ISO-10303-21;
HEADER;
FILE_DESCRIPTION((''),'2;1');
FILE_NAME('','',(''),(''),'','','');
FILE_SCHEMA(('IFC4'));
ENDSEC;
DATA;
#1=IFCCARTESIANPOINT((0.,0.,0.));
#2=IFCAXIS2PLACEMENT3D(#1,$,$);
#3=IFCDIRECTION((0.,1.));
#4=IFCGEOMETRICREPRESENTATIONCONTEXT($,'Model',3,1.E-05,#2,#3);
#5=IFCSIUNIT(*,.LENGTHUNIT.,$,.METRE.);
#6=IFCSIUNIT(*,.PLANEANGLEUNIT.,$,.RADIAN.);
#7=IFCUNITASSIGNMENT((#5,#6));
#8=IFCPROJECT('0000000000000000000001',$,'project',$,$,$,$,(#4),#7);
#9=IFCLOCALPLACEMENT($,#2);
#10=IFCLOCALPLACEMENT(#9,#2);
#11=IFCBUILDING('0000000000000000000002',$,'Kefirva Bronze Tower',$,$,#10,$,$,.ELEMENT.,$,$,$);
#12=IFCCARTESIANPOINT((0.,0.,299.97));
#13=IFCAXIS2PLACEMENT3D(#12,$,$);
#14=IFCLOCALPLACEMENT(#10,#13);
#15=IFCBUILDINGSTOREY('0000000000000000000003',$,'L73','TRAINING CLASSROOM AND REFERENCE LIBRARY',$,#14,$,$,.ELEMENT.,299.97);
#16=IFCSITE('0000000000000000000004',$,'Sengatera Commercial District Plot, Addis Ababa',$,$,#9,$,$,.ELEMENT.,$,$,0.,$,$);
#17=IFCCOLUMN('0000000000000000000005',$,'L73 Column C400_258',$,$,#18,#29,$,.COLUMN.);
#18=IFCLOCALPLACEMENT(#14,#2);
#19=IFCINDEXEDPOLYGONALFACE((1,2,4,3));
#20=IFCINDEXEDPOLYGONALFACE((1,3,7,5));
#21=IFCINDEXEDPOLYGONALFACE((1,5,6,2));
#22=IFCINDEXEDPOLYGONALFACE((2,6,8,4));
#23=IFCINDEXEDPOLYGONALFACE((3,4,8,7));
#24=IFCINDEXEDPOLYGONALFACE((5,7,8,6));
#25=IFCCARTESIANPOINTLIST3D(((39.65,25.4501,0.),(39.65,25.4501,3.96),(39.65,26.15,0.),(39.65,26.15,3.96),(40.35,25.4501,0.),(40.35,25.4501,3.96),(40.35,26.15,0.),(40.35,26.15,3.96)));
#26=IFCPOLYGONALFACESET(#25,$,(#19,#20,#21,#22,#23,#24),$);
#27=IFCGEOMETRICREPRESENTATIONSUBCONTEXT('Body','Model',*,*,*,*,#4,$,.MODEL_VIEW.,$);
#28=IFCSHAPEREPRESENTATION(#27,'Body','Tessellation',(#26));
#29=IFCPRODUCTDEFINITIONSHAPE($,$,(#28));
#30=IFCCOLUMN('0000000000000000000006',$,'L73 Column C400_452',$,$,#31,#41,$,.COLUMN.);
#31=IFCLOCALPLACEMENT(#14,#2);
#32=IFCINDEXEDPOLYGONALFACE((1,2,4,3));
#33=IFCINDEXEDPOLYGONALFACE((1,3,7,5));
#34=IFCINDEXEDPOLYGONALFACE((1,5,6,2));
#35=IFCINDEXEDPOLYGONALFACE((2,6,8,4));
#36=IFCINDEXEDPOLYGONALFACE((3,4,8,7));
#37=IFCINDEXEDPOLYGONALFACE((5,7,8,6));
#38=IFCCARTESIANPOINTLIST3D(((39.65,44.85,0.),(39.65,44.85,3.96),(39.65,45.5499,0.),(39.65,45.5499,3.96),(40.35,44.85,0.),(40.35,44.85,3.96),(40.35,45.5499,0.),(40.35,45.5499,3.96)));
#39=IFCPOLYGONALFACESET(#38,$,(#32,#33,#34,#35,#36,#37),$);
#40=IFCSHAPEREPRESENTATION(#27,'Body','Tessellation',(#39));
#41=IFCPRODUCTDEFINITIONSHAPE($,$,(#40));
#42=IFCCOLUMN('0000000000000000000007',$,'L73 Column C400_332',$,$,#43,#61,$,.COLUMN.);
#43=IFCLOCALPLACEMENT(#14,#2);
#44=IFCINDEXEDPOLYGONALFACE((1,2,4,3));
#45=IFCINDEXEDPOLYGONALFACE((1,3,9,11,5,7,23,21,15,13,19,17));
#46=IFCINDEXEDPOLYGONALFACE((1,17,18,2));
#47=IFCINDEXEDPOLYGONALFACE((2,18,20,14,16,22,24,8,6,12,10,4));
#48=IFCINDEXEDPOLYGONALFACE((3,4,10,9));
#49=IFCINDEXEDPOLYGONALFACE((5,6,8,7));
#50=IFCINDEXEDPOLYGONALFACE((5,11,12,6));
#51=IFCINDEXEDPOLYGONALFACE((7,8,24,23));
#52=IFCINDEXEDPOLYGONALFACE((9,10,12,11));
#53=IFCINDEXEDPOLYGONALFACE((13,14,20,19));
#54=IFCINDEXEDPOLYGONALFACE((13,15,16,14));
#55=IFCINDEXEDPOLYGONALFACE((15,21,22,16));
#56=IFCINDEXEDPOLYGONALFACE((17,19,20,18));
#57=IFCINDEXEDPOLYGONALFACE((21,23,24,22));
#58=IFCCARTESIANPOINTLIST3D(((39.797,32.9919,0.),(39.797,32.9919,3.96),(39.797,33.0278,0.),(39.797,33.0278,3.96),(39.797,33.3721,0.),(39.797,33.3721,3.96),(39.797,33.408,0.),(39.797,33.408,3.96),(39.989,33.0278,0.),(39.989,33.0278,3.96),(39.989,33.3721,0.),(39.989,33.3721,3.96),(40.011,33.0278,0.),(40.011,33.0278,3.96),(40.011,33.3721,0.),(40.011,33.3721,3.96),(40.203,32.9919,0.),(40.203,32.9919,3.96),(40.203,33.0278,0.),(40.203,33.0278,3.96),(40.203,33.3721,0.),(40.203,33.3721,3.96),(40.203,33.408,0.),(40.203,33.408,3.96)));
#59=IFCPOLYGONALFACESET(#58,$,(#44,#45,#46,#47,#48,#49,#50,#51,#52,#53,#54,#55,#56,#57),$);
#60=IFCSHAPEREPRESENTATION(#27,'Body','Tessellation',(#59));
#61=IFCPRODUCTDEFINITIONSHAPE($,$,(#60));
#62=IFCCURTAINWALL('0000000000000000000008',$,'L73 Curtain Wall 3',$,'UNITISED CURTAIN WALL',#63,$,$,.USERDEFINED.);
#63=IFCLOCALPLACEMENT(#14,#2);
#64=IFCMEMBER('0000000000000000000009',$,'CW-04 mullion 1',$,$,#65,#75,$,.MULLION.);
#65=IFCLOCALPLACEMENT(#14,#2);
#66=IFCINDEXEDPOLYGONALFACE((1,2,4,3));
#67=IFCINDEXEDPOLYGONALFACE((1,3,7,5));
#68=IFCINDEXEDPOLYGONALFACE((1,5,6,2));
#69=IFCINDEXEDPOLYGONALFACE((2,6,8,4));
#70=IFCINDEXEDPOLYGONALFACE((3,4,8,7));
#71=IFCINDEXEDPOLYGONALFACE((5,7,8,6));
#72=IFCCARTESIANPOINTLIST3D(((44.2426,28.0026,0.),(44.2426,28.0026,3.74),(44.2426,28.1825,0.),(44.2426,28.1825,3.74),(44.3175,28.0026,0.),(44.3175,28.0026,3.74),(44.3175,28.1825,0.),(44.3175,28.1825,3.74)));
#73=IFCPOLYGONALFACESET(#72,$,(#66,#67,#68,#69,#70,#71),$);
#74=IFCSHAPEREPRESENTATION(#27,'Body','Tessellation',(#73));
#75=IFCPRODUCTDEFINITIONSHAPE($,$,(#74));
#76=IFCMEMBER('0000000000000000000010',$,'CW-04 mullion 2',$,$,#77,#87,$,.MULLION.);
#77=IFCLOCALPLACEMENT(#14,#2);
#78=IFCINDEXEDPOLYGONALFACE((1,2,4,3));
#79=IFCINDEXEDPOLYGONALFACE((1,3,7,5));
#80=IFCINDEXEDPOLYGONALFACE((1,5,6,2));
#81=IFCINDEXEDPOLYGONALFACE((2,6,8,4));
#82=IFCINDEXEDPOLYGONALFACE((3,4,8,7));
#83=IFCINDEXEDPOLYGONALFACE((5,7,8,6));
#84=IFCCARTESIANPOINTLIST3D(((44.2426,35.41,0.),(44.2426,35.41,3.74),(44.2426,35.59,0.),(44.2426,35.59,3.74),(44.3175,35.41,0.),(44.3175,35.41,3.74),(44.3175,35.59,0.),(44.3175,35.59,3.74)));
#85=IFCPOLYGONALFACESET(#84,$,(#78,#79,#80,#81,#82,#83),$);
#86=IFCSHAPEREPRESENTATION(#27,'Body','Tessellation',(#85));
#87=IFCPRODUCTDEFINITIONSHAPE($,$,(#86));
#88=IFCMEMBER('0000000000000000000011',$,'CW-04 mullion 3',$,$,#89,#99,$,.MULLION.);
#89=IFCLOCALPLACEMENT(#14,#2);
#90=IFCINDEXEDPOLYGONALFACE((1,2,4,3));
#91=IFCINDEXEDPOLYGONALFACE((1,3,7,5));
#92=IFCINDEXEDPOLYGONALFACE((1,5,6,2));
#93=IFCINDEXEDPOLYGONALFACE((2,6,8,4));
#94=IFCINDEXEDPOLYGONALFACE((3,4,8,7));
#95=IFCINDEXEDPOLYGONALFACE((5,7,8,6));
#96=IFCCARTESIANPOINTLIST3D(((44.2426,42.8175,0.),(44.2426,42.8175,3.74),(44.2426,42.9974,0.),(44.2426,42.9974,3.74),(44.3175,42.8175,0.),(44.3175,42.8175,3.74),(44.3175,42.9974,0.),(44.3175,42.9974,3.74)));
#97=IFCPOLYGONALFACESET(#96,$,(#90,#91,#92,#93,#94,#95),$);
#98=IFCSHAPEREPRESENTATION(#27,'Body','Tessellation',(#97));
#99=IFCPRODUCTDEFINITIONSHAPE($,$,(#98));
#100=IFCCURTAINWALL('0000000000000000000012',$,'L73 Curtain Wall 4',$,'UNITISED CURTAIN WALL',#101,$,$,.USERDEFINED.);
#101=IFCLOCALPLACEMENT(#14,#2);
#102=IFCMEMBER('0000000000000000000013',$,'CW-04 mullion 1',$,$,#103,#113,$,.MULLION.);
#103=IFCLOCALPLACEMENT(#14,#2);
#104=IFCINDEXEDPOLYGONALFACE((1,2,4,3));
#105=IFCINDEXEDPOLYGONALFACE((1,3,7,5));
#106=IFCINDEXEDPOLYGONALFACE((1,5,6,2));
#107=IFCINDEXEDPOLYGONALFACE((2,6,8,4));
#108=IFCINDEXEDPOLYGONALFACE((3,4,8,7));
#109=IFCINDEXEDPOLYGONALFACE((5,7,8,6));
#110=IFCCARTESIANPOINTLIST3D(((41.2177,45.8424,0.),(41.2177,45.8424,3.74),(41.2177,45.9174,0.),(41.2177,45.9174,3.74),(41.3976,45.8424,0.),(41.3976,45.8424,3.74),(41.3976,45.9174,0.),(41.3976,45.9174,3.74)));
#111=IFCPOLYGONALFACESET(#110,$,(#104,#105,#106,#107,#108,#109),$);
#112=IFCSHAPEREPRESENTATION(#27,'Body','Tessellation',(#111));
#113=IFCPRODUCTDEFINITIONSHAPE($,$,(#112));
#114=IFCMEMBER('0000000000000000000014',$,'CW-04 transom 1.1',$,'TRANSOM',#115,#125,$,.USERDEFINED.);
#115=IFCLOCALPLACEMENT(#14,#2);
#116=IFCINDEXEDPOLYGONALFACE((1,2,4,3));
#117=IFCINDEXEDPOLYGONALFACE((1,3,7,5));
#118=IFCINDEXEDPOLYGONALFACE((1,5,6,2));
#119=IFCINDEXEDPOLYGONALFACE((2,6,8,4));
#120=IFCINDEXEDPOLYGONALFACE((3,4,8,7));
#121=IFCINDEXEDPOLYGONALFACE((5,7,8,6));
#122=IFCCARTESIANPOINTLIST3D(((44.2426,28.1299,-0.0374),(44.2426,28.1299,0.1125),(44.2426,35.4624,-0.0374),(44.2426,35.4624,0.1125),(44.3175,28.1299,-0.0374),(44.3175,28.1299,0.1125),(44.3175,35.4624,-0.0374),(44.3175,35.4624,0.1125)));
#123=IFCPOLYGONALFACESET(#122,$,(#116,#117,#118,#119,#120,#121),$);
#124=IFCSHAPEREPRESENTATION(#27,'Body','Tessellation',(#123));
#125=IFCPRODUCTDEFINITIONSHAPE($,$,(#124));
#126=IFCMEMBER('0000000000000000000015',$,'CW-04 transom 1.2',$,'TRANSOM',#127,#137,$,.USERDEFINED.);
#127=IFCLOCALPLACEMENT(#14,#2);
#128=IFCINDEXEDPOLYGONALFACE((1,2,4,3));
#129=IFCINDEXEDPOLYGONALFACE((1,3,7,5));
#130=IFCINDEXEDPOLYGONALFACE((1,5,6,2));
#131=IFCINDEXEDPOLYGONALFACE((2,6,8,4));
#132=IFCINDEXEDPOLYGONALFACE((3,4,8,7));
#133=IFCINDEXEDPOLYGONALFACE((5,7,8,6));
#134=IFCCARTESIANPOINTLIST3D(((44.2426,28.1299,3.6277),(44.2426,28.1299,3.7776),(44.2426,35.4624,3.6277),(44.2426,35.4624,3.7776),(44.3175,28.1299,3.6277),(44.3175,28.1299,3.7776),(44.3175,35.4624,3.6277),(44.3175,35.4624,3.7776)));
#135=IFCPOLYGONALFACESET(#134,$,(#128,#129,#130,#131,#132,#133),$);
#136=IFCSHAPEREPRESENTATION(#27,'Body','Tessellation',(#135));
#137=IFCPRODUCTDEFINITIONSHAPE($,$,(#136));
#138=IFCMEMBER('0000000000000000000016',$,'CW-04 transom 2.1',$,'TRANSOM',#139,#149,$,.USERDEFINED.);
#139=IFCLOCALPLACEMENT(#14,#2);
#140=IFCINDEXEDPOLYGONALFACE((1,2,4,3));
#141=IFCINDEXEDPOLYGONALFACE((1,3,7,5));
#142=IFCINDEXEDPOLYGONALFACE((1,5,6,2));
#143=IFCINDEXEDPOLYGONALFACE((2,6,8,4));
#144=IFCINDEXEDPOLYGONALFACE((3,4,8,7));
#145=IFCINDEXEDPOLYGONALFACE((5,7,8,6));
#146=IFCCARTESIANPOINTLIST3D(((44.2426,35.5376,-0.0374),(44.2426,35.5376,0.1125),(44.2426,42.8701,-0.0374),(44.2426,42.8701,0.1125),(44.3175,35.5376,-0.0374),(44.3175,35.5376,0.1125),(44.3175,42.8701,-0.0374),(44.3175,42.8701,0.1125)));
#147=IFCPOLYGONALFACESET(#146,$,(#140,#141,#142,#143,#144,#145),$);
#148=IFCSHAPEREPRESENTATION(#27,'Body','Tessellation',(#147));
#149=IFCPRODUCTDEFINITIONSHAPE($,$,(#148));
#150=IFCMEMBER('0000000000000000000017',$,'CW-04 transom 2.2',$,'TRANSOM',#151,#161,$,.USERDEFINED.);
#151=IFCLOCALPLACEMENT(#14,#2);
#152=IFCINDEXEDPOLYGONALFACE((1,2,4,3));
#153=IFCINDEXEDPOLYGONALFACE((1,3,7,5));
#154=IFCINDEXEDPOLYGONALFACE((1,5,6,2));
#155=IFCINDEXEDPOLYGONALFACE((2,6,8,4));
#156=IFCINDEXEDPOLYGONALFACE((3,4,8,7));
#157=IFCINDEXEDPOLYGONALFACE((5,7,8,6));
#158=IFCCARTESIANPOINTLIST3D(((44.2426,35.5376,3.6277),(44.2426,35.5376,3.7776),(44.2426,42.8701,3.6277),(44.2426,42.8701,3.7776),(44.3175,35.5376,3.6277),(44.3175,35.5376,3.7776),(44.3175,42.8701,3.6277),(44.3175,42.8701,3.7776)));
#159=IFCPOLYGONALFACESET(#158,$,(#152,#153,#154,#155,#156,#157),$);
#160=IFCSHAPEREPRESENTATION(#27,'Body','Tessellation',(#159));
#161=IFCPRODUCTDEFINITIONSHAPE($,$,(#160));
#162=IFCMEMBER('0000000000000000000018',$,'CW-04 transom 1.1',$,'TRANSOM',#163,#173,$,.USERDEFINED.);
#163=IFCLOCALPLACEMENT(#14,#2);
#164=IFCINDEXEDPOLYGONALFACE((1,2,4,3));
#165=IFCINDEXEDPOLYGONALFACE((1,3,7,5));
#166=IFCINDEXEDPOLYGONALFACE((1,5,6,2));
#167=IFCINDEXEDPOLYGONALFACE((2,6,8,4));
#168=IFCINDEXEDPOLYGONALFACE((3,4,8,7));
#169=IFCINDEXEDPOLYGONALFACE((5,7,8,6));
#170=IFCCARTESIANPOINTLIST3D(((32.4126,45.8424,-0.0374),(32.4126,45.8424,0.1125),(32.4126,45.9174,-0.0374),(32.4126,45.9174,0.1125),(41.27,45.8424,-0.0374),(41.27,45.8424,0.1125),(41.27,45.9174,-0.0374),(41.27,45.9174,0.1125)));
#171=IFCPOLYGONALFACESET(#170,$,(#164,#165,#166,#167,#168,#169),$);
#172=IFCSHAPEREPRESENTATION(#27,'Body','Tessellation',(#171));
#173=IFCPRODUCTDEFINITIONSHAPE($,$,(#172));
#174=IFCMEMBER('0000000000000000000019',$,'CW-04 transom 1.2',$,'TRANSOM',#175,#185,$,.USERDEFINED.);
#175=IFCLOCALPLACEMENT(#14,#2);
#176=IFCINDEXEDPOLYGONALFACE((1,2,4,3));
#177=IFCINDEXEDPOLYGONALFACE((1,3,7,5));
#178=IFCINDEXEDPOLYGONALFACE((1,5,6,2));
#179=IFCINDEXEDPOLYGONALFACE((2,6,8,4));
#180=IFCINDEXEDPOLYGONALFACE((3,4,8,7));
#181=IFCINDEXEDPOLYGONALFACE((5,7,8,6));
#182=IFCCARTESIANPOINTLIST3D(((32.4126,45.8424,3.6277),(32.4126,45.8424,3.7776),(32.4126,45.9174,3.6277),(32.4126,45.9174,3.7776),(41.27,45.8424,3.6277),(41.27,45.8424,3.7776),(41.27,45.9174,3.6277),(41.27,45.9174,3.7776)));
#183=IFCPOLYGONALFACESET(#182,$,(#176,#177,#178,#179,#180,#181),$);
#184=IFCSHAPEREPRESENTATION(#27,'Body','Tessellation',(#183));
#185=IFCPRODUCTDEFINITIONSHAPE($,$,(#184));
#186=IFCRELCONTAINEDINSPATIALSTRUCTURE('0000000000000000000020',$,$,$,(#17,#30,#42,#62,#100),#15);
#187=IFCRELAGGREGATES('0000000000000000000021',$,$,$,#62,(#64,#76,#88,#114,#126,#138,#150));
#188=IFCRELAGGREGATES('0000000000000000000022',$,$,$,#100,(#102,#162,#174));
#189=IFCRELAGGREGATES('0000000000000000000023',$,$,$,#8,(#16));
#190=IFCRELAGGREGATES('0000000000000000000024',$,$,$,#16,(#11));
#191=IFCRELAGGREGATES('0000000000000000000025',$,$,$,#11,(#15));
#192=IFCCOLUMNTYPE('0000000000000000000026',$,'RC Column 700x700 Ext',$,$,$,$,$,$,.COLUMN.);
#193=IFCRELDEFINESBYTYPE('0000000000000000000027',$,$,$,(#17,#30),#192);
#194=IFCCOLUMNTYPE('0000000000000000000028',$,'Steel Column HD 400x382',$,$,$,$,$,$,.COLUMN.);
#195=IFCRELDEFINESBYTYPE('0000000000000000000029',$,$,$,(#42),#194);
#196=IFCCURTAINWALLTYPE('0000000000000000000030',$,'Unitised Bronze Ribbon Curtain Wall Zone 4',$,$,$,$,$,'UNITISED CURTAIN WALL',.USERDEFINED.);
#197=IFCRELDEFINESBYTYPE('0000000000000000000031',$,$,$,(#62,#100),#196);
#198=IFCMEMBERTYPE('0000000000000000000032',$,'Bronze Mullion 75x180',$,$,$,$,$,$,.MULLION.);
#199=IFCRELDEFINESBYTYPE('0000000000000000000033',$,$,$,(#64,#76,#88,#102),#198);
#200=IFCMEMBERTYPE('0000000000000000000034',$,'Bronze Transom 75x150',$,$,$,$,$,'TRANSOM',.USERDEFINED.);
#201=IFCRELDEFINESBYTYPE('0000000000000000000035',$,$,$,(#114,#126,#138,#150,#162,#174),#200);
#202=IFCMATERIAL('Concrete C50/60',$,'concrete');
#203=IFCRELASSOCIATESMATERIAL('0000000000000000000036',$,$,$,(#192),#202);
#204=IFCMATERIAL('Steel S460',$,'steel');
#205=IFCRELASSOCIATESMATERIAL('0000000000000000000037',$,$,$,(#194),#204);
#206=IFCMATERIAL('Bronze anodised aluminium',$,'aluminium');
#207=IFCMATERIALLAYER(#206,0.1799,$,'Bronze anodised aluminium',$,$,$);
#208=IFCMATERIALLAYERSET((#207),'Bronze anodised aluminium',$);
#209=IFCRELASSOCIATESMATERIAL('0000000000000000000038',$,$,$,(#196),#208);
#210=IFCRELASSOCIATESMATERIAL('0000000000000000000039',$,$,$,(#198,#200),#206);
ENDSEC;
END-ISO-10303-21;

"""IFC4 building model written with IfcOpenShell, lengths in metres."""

from ifc_helpers import new_model, si_unit, direction, frame, origin, origin_2d, place, context, subcontext, project, spatial, rectangle, i_section, extrude, material, layer, layer_set, material_profile, profile_set, type_object, element, aggregate, save


model = new_model("IFC4")

# Units and contexts
model_context = context("Model", 3, precision=1e-05, world=origin(), true_north=direction((0.0, 1.0)))
body_context = subcontext(model_context, "Body", "Model", "MODEL_VIEW")
ifc_project = project(units=[si_unit("LENGTHUNIT", "METRE"), si_unit("PLANEANGLEUNIT", "RADIAN")], contexts=[model_context])

# Site, building, storey
site_placement = place(None, origin())
site = spatial("IfcSite", under=ifc_project, at=site_placement, Name="Sengatera Commercial District Plot, Addis Ababa", CompositionType="ELEMENT", RefElevation=0.0)
building_placement = place(site_placement, origin())
building = spatial("IfcBuilding", under=site, at=building_placement, Name="Kefirva Bronze Tower", CompositionType="ELEMENT")
storey_placement = place(building_placement, frame((0.0, 0.0, 299.97)))
storey = spatial("IfcBuildingStorey", under=building, at=storey_placement, Name="L73", Description="TRAINING CLASSROOM AND REFERENCE LIBRARY", CompositionType="ELEMENT", Elevation=299.97)

# Columns
ifc_material_1 = material(Name="Concrete C50/60", Category="concrete")
ifc_material_profile_1 = material_profile(ifc_material_1, rectangle(XDim=0.7, YDim=0.7, at=origin_2d()), Name="RC 700x700")
ifc_profile_set_1 = profile_set([ifc_material_profile_1], Name="Concrete C50/60")
column_type_1 = type_object("IfcColumnType", Name="RC Column 700x700 Ext", PredefinedType="COLUMN", material=ifc_profile_set_1)
for number, where, z_axis, x_axis, name in (
    (1, (40.0, 25.8, 0.0), (0.0, 0.0, 1.0), (1.0, 0.0, 0.0), "L73 Column C400_258"),
    (2, (40.0, 45.2, 0.0), (0.0, 0.0, 1.0), (1.0, 0.0, 0.0), "L73 Column C400_452"),
):
    element("IfcColumn", number, at=place(storey_placement, frame(where, z_axis=z_axis, x_axis=x_axis)), inside=storey, type_object=column_type_1, Name=name, PredefinedType="COLUMN", context=body_context, shape_type="SweptSolid", body=[
        extrude(rectangle(XDim=0.7, YDim=0.7, at=origin_2d()), origin(), (0.0, 0.0, 1.0), 3.96),
    ])
ifc_material_2 = material(Name="Steel S460", Category="steel")
ifc_material_profile_2 = material_profile(ifc_material_2, i_section(OverallWidth=0.406, OverallDepth=0.416, WebThickness=0.022, FlangeThickness=0.0359, at=origin_2d()), Name="HD 400x382")
ifc_profile_set_2 = profile_set([ifc_material_profile_2], Name="Steel S460")
column_type_2 = type_object("IfcColumnType", Name="Steel Column HD 400x382", PredefinedType="COLUMN", material=ifc_profile_set_2)
column_placement = place(storey_placement, frame((40.0, 33.2, 0.0), z_axis=(0.0, 0.0, 1.0), x_axis=(1.0, 0.0, 0.0)))
element("IfcColumn", 3, at=column_placement, inside=storey, type_object=column_type_2, Name="L73 Column C400_332", PredefinedType="COLUMN", context=body_context, shape_type="SweptSolid", body=[
    extrude(i_section(OverallWidth=0.406, OverallDepth=0.416, WebThickness=0.022, FlangeThickness=0.0359, at=origin_2d()), origin(), (0.0, 0.0, 1.0), 3.96),
])

# Curtain wall, members
ifc_material_3 = material(Name="Bronze anodised aluminium", Category="aluminium")
ifc_layer_1 = layer(ifc_material_3, 0.1799, Name="Bronze anodised aluminium")
ifc_layer_set_1 = layer_set([ifc_layer_1], Name="Bronze anodised aluminium")
curtain_wall_type = type_object("IfcCurtainWallType", Name="Unitised Bronze Ribbon Curtain Wall Zone 4", ElementType="UNITISED CURTAIN WALL", PredefinedType="USERDEFINED", material=ifc_layer_set_1)
curtain_wall_1_placement = place(storey_placement, origin())
curtain_wall_1 = element("IfcCurtainWall", 4, at=curtain_wall_1_placement, inside=storey, type_object=curtain_wall_type, Name="L73 Curtain Wall 3", ObjectType="UNITISED CURTAIN WALL", PredefinedType="USERDEFINED")
ifc_material_profile_3 = material_profile(ifc_material_3, rectangle(XDim=0.075, YDim=0.1799, at=origin_2d()), Name="ALU 75x180")
ifc_profile_set_3 = profile_set([ifc_material_profile_3], Name="Bronze anodised aluminium")
member_type_1 = type_object("IfcMemberType", Name="Bronze Mullion 75x180", PredefinedType="MULLION", material=ifc_profile_set_3)
member_1_placement = place(storey_placement, frame((44.28, 28.0925, 0.0), z_axis=(0.0, 0.0, 1.0), x_axis=(-1.0, 0.0, 0.0)))
member_1 = element("IfcMember", 5, at=member_1_placement, type_object=member_type_1, Name="CW-04 mullion 1", PredefinedType="MULLION", context=body_context, shape_type="SweptSolid", body=[
    extrude(rectangle(XDim=0.075, YDim=0.1799, at=origin_2d()), origin(), (0.0, 0.0, 1.0), 3.74),
])
member_2_placement = place(storey_placement, frame((44.28, 35.5, 0.0), z_axis=(0.0, 0.0, 1.0), x_axis=(-1.0, 0.0, 0.0)))
member_2 = element("IfcMember", 6, at=member_2_placement, type_object=member_type_1, Name="CW-04 mullion 2", PredefinedType="MULLION", context=body_context, shape_type="SweptSolid", body=[
    extrude(rectangle(XDim=0.075, YDim=0.1799, at=origin_2d()), origin(), (0.0, 0.0, 1.0), 3.74),
])
member_3_placement = place(storey_placement, frame((44.28, 42.9075, 0.0), z_axis=(0.0, 0.0, 1.0), x_axis=(-1.0, 0.0, 0.0)))
member_3 = element("IfcMember", 7, at=member_3_placement, type_object=member_type_1, Name="CW-04 mullion 3", PredefinedType="MULLION", context=body_context, shape_type="SweptSolid", body=[
    extrude(rectangle(XDim=0.075, YDim=0.1799, at=origin_2d()), origin(), (0.0, 0.0, 1.0), 3.74),
])

# Curtain wall, member
curtain_wall_2_placement = place(storey_placement, origin())
curtain_wall_2 = element("IfcCurtainWall", 8, at=curtain_wall_2_placement, inside=storey, type_object=curtain_wall_type, Name="L73 Curtain Wall 4", ObjectType="UNITISED CURTAIN WALL", PredefinedType="USERDEFINED")
member_4_placement = place(storey_placement, frame((41.3076, 45.8799, 0.0), z_axis=(0.0, 0.0, 1.0), x_axis=(0.0, -1.0, 0.0)))
member_4 = element("IfcMember", 9, at=member_4_placement, type_object=member_type_1, Name="CW-04 mullion 1", PredefinedType="MULLION", context=body_context, shape_type="SweptSolid", body=[
    extrude(rectangle(XDim=0.075, YDim=0.1799, at=origin_2d()), origin(), (0.0, 0.0, 1.0), 3.74),
])

# Members
ifc_material_profile_4 = material_profile(ifc_material_3, rectangle(XDim=0.075, YDim=0.1499, at=origin_2d()), Name="ALU 75x150")
ifc_profile_set_4 = profile_set([ifc_material_profile_4], Name="Bronze anodised aluminium")
member_type_2 = type_object("IfcMemberType", Name="Bronze Transom 75x150", ElementType="TRANSOM", PredefinedType="USERDEFINED", material=ifc_profile_set_4)
member_5_placement = place(storey_placement, frame((44.28, 28.1299, 0.0376), z_axis=(0.0, 1.0, 0.0), x_axis=(-1.0, 0.0, 0.0)))
member_5 = element("IfcMember", 10, at=member_5_placement, type_object=member_type_2, Name="CW-04 transom 1.1", ObjectType="TRANSOM", PredefinedType="USERDEFINED", context=body_context, shape_type="SweptSolid", body=[
    extrude(rectangle(XDim=0.075, YDim=0.1499, at=origin_2d()), origin(), (0.0, 0.0, 1.0), 7.3325),
])
member_6_placement = place(storey_placement, frame((44.28, 28.1299, 3.7026), z_axis=(0.0, 1.0, 0.0), x_axis=(-1.0, 0.0, 0.0)))
member_6 = element("IfcMember", 11, at=member_6_placement, type_object=member_type_2, Name="CW-04 transom 1.2", ObjectType="TRANSOM", PredefinedType="USERDEFINED", context=body_context, shape_type="SweptSolid", body=[
    extrude(rectangle(XDim=0.075, YDim=0.1499, at=origin_2d()), origin(), (0.0, 0.0, 1.0), 7.3325),
])
member_7_placement = place(storey_placement, frame((44.28, 35.5376, 0.0376), z_axis=(0.0, 1.0, 0.0), x_axis=(-1.0, 0.0, 0.0)))
member_7 = element("IfcMember", 12, at=member_7_placement, type_object=member_type_2, Name="CW-04 transom 2.1", ObjectType="TRANSOM", PredefinedType="USERDEFINED", context=body_context, shape_type="SweptSolid", body=[
    extrude(rectangle(XDim=0.075, YDim=0.1499, at=origin_2d()), origin(), (0.0, 0.0, 1.0), 7.3325),
])
member_8_placement = place(storey_placement, frame((44.28, 35.5376, 3.7026), z_axis=(0.0, 1.0, 0.0), x_axis=(-1.0, 0.0, 0.0)))
member_8 = element("IfcMember", 13, at=member_8_placement, type_object=member_type_2, Name="CW-04 transom 2.2", ObjectType="TRANSOM", PredefinedType="USERDEFINED", context=body_context, shape_type="SweptSolid", body=[
    extrude(rectangle(XDim=0.075, YDim=0.1499, at=origin_2d()), origin(), (0.0, 0.0, 1.0), 7.3325),
])
member_9_placement = place(storey_placement, frame((41.27, 45.8799, 0.0376), z_axis=(-1.0, 0.0, 0.0), x_axis=(0.0, -1.0, 0.0)))
member_9 = element("IfcMember", 14, at=member_9_placement, type_object=member_type_2, Name="CW-04 transom 1.1", ObjectType="TRANSOM", PredefinedType="USERDEFINED", context=body_context, shape_type="SweptSolid", body=[
    extrude(rectangle(XDim=0.075, YDim=0.1499, at=origin_2d()), origin(), (0.0, 0.0, 1.0), 8.8574),
])
member_10_placement = place(storey_placement, frame((41.27, 45.8799, 3.7026), z_axis=(-1.0, 0.0, 0.0), x_axis=(0.0, -1.0, 0.0)))
member_10 = element("IfcMember", 15, at=member_10_placement, type_object=member_type_2, Name="CW-04 transom 1.2", ObjectType="TRANSOM", PredefinedType="USERDEFINED", context=body_context, shape_type="SweptSolid", body=[
    extrude(rectangle(XDim=0.075, YDim=0.1499, at=origin_2d()), origin(), (0.0, 0.0, 1.0), 8.8574),
])

aggregate(curtain_wall_1, [member_1, member_2, member_3, member_5, member_6, member_7, member_8])
aggregate(curtain_wall_2, [member_4, member_9, member_10])

save(model, "model.ifc")
